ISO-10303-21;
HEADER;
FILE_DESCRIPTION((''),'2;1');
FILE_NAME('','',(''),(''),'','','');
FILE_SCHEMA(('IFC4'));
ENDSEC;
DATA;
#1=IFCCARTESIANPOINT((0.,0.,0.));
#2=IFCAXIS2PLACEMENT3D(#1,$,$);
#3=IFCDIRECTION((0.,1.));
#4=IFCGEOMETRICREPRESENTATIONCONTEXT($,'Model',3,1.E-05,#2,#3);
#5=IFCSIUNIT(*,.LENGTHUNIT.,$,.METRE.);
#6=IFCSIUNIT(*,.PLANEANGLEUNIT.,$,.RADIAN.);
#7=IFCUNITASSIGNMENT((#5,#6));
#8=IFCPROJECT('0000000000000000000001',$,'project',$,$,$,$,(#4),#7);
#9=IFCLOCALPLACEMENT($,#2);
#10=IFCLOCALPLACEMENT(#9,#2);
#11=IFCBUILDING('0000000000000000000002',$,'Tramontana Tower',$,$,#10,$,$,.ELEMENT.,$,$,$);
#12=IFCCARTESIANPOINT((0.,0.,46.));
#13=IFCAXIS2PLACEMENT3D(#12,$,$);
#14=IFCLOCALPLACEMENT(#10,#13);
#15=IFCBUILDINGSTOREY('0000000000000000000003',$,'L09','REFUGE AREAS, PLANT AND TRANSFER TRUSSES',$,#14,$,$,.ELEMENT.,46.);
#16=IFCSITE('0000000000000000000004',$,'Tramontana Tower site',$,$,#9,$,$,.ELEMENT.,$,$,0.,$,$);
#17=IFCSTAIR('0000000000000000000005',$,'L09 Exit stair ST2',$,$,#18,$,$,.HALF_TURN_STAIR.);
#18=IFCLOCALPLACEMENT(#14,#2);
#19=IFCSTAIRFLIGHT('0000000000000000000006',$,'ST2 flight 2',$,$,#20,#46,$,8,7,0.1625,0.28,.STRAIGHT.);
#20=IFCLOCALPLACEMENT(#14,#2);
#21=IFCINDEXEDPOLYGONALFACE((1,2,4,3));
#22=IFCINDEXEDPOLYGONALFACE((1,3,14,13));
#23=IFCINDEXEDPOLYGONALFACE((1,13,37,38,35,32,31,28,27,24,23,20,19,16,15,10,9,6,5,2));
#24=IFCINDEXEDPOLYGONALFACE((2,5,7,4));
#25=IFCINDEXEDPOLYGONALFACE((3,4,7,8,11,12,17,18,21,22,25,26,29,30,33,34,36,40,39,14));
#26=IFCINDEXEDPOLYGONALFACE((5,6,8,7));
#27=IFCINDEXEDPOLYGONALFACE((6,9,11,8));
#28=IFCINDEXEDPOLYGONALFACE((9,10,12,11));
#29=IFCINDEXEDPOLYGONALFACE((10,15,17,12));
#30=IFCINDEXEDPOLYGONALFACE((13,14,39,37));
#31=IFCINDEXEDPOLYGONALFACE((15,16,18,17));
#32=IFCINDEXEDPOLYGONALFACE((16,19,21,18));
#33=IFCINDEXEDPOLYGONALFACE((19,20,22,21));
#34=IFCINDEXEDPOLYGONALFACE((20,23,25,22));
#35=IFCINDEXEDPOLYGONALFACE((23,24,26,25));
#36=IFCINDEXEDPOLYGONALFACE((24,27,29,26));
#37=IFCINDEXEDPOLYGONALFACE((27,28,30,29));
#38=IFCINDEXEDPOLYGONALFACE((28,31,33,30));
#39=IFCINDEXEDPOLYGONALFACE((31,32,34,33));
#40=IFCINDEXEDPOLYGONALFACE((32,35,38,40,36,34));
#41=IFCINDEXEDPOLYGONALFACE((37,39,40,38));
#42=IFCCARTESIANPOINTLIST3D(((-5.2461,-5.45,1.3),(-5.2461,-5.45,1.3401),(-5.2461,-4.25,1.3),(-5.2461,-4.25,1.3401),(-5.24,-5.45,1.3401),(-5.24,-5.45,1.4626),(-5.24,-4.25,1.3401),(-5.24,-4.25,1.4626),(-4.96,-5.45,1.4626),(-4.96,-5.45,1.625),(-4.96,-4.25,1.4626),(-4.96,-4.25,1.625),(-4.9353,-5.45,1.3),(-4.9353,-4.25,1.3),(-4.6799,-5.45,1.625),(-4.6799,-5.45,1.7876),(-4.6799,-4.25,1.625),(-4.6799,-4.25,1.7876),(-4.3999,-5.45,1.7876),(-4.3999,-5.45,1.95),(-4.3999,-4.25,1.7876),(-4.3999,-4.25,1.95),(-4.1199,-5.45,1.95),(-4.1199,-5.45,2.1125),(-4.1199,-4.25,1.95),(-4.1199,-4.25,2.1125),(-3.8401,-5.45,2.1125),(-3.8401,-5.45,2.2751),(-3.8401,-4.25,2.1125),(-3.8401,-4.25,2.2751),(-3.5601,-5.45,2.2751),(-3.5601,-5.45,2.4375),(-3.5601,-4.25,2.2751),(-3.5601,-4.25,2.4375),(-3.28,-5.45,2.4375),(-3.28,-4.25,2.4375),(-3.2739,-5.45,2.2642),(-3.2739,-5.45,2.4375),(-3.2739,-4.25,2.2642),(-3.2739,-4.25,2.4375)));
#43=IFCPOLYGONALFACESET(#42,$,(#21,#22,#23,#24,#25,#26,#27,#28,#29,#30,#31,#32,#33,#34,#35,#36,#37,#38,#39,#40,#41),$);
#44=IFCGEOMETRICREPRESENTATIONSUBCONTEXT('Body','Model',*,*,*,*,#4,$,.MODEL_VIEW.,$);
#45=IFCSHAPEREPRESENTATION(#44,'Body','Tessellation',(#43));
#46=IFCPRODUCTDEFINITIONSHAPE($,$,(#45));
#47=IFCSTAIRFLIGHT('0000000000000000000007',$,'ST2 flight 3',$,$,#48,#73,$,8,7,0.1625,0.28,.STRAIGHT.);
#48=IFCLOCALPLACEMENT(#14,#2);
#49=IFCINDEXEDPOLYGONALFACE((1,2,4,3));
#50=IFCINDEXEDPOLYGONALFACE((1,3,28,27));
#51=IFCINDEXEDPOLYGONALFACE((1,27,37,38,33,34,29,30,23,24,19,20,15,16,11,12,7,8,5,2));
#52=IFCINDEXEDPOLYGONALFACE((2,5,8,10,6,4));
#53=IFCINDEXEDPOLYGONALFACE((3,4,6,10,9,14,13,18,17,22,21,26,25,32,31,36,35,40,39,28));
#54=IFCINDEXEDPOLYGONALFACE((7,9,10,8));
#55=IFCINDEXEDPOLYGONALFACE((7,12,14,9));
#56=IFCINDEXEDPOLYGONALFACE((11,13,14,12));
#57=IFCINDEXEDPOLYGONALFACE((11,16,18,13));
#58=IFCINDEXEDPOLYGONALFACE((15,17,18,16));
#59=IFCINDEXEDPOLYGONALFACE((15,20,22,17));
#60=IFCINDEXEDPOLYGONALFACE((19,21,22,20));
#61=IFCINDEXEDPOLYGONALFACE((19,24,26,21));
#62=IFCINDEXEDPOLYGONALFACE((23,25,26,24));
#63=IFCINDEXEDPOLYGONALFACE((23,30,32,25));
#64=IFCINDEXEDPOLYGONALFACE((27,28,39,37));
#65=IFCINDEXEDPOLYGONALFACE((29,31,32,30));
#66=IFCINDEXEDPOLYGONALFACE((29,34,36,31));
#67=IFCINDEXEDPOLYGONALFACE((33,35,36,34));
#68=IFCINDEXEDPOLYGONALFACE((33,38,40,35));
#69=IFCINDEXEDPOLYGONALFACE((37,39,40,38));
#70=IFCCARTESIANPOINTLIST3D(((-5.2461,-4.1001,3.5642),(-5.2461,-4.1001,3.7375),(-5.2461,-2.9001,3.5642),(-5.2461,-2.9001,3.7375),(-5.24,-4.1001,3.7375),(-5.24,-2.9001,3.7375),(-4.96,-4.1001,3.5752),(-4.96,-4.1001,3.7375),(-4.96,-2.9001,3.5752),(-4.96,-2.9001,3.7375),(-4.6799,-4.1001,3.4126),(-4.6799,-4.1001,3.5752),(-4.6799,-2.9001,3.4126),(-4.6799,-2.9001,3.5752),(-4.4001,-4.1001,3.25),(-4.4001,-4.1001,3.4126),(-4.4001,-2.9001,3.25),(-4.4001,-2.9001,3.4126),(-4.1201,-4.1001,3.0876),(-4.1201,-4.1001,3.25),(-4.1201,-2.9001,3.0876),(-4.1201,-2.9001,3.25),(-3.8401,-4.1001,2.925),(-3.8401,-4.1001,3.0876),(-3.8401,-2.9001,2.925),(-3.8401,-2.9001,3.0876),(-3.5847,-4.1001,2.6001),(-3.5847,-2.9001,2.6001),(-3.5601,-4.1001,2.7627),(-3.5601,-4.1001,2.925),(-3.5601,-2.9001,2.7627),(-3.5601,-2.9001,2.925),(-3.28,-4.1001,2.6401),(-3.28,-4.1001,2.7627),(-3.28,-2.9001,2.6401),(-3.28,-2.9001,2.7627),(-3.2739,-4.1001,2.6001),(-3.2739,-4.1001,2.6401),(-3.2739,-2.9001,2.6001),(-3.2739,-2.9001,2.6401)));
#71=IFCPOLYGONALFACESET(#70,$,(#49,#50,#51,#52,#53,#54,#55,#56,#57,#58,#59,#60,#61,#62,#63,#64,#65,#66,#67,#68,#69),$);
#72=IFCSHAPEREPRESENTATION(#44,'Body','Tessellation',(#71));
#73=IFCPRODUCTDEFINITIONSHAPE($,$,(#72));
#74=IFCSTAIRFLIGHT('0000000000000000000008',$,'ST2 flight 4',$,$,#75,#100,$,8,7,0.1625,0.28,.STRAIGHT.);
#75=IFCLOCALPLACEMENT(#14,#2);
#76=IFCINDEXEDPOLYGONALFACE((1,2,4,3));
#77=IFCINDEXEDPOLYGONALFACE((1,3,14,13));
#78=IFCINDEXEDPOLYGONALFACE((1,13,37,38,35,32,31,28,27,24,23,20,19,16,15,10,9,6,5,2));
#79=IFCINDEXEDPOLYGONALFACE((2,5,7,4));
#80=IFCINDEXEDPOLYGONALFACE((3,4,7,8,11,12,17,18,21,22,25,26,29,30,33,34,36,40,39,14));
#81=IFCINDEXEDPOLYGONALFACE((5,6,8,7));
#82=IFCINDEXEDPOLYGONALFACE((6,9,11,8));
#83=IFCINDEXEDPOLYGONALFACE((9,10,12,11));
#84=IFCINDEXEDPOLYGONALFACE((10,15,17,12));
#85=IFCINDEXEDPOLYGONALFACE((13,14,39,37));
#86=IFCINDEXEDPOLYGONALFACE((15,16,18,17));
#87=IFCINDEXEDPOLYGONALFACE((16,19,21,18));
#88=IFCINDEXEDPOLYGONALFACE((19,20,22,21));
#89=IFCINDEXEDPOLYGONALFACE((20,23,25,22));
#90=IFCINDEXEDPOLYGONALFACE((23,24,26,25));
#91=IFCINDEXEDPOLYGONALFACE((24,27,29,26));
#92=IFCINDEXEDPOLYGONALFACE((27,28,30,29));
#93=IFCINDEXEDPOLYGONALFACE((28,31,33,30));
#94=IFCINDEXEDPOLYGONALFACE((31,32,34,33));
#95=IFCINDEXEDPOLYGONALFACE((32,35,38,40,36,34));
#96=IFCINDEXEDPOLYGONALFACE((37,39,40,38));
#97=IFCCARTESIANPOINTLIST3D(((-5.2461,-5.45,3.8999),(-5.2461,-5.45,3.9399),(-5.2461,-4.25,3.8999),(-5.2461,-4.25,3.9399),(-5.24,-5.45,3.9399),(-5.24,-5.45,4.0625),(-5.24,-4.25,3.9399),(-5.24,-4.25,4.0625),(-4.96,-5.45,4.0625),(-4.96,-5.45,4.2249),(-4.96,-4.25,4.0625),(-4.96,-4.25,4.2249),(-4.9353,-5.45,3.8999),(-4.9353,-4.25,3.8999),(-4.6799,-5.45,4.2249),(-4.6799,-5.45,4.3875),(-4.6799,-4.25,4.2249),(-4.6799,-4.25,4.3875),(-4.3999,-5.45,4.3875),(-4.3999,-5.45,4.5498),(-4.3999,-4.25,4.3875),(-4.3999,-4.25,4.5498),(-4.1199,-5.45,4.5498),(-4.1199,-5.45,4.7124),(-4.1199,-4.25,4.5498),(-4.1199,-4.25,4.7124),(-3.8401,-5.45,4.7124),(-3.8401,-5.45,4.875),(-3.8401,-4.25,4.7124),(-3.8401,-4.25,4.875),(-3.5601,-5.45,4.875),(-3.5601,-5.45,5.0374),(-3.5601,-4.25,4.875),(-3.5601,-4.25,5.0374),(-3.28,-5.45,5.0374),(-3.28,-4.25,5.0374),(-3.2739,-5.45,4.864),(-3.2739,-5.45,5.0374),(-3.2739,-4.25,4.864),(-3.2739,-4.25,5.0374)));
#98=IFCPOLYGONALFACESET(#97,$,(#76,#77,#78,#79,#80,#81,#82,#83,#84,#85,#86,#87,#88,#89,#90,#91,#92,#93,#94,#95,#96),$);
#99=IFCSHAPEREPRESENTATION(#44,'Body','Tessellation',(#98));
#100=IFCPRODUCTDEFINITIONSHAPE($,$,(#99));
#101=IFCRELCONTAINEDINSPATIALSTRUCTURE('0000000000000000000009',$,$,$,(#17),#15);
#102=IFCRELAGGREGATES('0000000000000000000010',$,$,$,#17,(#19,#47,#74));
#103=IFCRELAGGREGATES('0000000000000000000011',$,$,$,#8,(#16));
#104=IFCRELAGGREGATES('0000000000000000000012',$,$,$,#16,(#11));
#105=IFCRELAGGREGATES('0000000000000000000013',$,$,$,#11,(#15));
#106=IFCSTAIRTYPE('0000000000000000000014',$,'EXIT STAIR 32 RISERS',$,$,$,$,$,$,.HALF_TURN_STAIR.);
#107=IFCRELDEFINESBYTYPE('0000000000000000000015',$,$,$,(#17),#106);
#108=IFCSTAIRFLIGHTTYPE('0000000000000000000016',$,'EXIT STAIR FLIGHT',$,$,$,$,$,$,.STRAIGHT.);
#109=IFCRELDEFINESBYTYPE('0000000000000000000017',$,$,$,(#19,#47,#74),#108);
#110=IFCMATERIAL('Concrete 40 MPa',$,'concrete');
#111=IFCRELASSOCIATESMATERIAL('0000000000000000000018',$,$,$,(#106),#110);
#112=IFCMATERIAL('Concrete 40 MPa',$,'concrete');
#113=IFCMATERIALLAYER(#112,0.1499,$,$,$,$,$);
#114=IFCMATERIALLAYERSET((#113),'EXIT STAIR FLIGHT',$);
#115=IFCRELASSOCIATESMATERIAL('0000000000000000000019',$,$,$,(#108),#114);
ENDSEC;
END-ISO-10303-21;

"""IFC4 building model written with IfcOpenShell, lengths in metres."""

from ifc_helpers import new_model, si_unit, direction, frame, origin, place, context, subcontext, project, spatial, polyline, outline, extrude, material, layer, layer_set, type_object, element, aggregate, save


model = new_model("IFC4")

# Units and contexts
model_context = context("Model", 3, precision=1e-05, world=origin(), true_north=direction((0.0, 1.0)))
body_context = subcontext(model_context, "Body", "Model", "MODEL_VIEW")
ifc_project = project(units=[si_unit("LENGTHUNIT", "METRE"), si_unit("PLANEANGLEUNIT", "RADIAN")], contexts=[model_context])

# Site, building, storey
site_placement = place(None, origin())
site = spatial("IfcSite", under=ifc_project, at=site_placement, Name="Tramontana Tower site", CompositionType="ELEMENT", RefElevation=0.0)
building_placement = place(site_placement, origin())
building = spatial("IfcBuilding", under=site, at=building_placement, Name="Tramontana Tower", CompositionType="ELEMENT")
storey_placement = place(building_placement, frame((0.0, 0.0, 46.0)))
storey = spatial("IfcBuildingStorey", under=building, at=storey_placement, Name="L09", Description="REFUGE AREAS, PLANT AND TRANSFER TRUSSES", CompositionType="ELEMENT", Elevation=46.0)

# Stair, stair flights
ifc_material_1 = material(Name="Concrete 40 MPa", Category="concrete")
stair_type = type_object("IfcStairType", Name="EXIT STAIR 32 RISERS", PredefinedType="HALF_TURN_STAIR", material=ifc_material_1)
stair_placement = place(storey_placement, origin())
stair = element("IfcStair", 1, at=stair_placement, inside=storey, type_object=stair_type, Name="L09 Exit stair ST2", PredefinedType="HALF_TURN_STAIR")
ifc_material_2 = material(Name="Concrete 40 MPa", Category="concrete")
ifc_layer_1 = layer(ifc_material_2, 0.1499)
ifc_layer_set_1 = layer_set([ifc_layer_1], Name="EXIT STAIR FLIGHT")
stair_flight_type = type_object("IfcStairFlightType", Name="EXIT STAIR FLIGHT", PredefinedType="STRAIGHT", material=ifc_layer_set_1)
stair_flight_1_placement = place(storey_placement, frame((-5.24, -4.8501, 1.3), z_axis=(0.0, 0.0, 1.0), x_axis=(1.0, 0.0, 0.0)))
stair_flight_1 = element("IfcStairFlight", 2, at=stair_flight_1_placement, type_object=stair_flight_type, Name="ST2 flight 2", NumberOfRisers=8, NumberOfTreads=7, PredefinedType="STRAIGHT", RiserHeight=0.1625, TreadLength=0.28, context=body_context, shape_type="SweptSolid", body=[
    extrude(outline(polyline([(-0.0061, 0.0), (-0.0061, 0.04), (0.0, 0.04), (0.0, 0.1626), (0.28, 0.1626), (0.28, 0.325), (0.5601, 0.325), (0.5601, 0.4875), (0.8401, 0.4875), (0.8401, 0.6499), (1.1201, 0.6499), (1.1201, 0.8125), (1.3999, 0.8125), (1.3999, 0.9751), (1.6799, 0.9751), (1.6799, 1.1375), (1.96, 1.1375), (1.9661, 1.1375), (1.9661, 0.9641), (0.3047, 0.0), (-0.0061, 0.0)])), frame((0.0, 0.6001, 0.0), z_axis=(0.0, -1.0, 0.0), x_axis=(1.0, 0.0, 0.0)), (0.0, 0.0, 1.0), 1.2),
])
stair_flight_2_placement = place(storey_placement, frame((-3.28, -3.5, 2.6001), z_axis=(0.0, 0.0, 1.0), x_axis=(-1.0, 0.0, 0.0)))
stair_flight_2 = element("IfcStairFlight", 3, at=stair_flight_2_placement, type_object=stair_flight_type, Name="ST2 flight 3", NumberOfRisers=8, NumberOfTreads=7, PredefinedType="STRAIGHT", RiserHeight=0.1625, TreadLength=0.28, context=body_context, shape_type="SweptSolid", body=[
    extrude(outline(polyline([(-0.0061, 0.0), (-0.0061, 0.04), (0.0, 0.04), (0.0, 0.1626), (0.28, 0.1626), (0.28, 0.325), (0.5601, 0.325), (0.5601, 0.4875), (0.8401, 0.4875), (0.8401, 0.6499), (1.1201, 0.6499), (1.1201, 0.8125), (1.3999, 0.8125), (1.3999, 0.9751), (1.6799, 0.9751), (1.6799, 1.1375), (1.96, 1.1375), (1.9661, 1.1375), (1.9661, 0.9641), (0.3047, 0.0), (-0.0061, 0.0)])), frame((0.0, 0.6001, 0.0), z_axis=(0.0, -1.0, 0.0), x_axis=(1.0, 0.0, 0.0)), (0.0, 0.0, 1.0), 1.2),
])
stair_flight_3_placement = place(storey_placement, frame((-5.24, -4.8501, 3.8999), z_axis=(0.0, 0.0, 1.0), x_axis=(1.0, 0.0, 0.0)))
stair_flight_3 = element("IfcStairFlight", 4, at=stair_flight_3_placement, type_object=stair_flight_type, Name="ST2 flight 4", NumberOfRisers=8, NumberOfTreads=7, PredefinedType="STRAIGHT", RiserHeight=0.1625, TreadLength=0.28, context=body_context, shape_type="SweptSolid", body=[
    extrude(outline(polyline([(-0.0061, 0.0), (-0.0061, 0.04), (0.0, 0.04), (0.0, 0.1626), (0.28, 0.1626), (0.28, 0.325), (0.5601, 0.325), (0.5601, 0.4875), (0.8401, 0.4875), (0.8401, 0.6499), (1.1201, 0.6499), (1.1201, 0.8125), (1.3999, 0.8125), (1.3999, 0.9751), (1.6799, 0.9751), (1.6799, 1.1375), (1.96, 1.1375), (1.9661, 1.1375), (1.9661, 0.9641), (0.3047, 0.0), (-0.0061, 0.0)])), frame((0.0, 0.6001, 0.0), z_axis=(0.0, -1.0, 0.0), x_axis=(1.0, 0.0, 0.0)), (0.0, 0.0, 1.0), 1.2),
])
aggregate(stair, [stair_flight_1, stair_flight_2, stair_flight_3])

save(model, "model.ifc")
